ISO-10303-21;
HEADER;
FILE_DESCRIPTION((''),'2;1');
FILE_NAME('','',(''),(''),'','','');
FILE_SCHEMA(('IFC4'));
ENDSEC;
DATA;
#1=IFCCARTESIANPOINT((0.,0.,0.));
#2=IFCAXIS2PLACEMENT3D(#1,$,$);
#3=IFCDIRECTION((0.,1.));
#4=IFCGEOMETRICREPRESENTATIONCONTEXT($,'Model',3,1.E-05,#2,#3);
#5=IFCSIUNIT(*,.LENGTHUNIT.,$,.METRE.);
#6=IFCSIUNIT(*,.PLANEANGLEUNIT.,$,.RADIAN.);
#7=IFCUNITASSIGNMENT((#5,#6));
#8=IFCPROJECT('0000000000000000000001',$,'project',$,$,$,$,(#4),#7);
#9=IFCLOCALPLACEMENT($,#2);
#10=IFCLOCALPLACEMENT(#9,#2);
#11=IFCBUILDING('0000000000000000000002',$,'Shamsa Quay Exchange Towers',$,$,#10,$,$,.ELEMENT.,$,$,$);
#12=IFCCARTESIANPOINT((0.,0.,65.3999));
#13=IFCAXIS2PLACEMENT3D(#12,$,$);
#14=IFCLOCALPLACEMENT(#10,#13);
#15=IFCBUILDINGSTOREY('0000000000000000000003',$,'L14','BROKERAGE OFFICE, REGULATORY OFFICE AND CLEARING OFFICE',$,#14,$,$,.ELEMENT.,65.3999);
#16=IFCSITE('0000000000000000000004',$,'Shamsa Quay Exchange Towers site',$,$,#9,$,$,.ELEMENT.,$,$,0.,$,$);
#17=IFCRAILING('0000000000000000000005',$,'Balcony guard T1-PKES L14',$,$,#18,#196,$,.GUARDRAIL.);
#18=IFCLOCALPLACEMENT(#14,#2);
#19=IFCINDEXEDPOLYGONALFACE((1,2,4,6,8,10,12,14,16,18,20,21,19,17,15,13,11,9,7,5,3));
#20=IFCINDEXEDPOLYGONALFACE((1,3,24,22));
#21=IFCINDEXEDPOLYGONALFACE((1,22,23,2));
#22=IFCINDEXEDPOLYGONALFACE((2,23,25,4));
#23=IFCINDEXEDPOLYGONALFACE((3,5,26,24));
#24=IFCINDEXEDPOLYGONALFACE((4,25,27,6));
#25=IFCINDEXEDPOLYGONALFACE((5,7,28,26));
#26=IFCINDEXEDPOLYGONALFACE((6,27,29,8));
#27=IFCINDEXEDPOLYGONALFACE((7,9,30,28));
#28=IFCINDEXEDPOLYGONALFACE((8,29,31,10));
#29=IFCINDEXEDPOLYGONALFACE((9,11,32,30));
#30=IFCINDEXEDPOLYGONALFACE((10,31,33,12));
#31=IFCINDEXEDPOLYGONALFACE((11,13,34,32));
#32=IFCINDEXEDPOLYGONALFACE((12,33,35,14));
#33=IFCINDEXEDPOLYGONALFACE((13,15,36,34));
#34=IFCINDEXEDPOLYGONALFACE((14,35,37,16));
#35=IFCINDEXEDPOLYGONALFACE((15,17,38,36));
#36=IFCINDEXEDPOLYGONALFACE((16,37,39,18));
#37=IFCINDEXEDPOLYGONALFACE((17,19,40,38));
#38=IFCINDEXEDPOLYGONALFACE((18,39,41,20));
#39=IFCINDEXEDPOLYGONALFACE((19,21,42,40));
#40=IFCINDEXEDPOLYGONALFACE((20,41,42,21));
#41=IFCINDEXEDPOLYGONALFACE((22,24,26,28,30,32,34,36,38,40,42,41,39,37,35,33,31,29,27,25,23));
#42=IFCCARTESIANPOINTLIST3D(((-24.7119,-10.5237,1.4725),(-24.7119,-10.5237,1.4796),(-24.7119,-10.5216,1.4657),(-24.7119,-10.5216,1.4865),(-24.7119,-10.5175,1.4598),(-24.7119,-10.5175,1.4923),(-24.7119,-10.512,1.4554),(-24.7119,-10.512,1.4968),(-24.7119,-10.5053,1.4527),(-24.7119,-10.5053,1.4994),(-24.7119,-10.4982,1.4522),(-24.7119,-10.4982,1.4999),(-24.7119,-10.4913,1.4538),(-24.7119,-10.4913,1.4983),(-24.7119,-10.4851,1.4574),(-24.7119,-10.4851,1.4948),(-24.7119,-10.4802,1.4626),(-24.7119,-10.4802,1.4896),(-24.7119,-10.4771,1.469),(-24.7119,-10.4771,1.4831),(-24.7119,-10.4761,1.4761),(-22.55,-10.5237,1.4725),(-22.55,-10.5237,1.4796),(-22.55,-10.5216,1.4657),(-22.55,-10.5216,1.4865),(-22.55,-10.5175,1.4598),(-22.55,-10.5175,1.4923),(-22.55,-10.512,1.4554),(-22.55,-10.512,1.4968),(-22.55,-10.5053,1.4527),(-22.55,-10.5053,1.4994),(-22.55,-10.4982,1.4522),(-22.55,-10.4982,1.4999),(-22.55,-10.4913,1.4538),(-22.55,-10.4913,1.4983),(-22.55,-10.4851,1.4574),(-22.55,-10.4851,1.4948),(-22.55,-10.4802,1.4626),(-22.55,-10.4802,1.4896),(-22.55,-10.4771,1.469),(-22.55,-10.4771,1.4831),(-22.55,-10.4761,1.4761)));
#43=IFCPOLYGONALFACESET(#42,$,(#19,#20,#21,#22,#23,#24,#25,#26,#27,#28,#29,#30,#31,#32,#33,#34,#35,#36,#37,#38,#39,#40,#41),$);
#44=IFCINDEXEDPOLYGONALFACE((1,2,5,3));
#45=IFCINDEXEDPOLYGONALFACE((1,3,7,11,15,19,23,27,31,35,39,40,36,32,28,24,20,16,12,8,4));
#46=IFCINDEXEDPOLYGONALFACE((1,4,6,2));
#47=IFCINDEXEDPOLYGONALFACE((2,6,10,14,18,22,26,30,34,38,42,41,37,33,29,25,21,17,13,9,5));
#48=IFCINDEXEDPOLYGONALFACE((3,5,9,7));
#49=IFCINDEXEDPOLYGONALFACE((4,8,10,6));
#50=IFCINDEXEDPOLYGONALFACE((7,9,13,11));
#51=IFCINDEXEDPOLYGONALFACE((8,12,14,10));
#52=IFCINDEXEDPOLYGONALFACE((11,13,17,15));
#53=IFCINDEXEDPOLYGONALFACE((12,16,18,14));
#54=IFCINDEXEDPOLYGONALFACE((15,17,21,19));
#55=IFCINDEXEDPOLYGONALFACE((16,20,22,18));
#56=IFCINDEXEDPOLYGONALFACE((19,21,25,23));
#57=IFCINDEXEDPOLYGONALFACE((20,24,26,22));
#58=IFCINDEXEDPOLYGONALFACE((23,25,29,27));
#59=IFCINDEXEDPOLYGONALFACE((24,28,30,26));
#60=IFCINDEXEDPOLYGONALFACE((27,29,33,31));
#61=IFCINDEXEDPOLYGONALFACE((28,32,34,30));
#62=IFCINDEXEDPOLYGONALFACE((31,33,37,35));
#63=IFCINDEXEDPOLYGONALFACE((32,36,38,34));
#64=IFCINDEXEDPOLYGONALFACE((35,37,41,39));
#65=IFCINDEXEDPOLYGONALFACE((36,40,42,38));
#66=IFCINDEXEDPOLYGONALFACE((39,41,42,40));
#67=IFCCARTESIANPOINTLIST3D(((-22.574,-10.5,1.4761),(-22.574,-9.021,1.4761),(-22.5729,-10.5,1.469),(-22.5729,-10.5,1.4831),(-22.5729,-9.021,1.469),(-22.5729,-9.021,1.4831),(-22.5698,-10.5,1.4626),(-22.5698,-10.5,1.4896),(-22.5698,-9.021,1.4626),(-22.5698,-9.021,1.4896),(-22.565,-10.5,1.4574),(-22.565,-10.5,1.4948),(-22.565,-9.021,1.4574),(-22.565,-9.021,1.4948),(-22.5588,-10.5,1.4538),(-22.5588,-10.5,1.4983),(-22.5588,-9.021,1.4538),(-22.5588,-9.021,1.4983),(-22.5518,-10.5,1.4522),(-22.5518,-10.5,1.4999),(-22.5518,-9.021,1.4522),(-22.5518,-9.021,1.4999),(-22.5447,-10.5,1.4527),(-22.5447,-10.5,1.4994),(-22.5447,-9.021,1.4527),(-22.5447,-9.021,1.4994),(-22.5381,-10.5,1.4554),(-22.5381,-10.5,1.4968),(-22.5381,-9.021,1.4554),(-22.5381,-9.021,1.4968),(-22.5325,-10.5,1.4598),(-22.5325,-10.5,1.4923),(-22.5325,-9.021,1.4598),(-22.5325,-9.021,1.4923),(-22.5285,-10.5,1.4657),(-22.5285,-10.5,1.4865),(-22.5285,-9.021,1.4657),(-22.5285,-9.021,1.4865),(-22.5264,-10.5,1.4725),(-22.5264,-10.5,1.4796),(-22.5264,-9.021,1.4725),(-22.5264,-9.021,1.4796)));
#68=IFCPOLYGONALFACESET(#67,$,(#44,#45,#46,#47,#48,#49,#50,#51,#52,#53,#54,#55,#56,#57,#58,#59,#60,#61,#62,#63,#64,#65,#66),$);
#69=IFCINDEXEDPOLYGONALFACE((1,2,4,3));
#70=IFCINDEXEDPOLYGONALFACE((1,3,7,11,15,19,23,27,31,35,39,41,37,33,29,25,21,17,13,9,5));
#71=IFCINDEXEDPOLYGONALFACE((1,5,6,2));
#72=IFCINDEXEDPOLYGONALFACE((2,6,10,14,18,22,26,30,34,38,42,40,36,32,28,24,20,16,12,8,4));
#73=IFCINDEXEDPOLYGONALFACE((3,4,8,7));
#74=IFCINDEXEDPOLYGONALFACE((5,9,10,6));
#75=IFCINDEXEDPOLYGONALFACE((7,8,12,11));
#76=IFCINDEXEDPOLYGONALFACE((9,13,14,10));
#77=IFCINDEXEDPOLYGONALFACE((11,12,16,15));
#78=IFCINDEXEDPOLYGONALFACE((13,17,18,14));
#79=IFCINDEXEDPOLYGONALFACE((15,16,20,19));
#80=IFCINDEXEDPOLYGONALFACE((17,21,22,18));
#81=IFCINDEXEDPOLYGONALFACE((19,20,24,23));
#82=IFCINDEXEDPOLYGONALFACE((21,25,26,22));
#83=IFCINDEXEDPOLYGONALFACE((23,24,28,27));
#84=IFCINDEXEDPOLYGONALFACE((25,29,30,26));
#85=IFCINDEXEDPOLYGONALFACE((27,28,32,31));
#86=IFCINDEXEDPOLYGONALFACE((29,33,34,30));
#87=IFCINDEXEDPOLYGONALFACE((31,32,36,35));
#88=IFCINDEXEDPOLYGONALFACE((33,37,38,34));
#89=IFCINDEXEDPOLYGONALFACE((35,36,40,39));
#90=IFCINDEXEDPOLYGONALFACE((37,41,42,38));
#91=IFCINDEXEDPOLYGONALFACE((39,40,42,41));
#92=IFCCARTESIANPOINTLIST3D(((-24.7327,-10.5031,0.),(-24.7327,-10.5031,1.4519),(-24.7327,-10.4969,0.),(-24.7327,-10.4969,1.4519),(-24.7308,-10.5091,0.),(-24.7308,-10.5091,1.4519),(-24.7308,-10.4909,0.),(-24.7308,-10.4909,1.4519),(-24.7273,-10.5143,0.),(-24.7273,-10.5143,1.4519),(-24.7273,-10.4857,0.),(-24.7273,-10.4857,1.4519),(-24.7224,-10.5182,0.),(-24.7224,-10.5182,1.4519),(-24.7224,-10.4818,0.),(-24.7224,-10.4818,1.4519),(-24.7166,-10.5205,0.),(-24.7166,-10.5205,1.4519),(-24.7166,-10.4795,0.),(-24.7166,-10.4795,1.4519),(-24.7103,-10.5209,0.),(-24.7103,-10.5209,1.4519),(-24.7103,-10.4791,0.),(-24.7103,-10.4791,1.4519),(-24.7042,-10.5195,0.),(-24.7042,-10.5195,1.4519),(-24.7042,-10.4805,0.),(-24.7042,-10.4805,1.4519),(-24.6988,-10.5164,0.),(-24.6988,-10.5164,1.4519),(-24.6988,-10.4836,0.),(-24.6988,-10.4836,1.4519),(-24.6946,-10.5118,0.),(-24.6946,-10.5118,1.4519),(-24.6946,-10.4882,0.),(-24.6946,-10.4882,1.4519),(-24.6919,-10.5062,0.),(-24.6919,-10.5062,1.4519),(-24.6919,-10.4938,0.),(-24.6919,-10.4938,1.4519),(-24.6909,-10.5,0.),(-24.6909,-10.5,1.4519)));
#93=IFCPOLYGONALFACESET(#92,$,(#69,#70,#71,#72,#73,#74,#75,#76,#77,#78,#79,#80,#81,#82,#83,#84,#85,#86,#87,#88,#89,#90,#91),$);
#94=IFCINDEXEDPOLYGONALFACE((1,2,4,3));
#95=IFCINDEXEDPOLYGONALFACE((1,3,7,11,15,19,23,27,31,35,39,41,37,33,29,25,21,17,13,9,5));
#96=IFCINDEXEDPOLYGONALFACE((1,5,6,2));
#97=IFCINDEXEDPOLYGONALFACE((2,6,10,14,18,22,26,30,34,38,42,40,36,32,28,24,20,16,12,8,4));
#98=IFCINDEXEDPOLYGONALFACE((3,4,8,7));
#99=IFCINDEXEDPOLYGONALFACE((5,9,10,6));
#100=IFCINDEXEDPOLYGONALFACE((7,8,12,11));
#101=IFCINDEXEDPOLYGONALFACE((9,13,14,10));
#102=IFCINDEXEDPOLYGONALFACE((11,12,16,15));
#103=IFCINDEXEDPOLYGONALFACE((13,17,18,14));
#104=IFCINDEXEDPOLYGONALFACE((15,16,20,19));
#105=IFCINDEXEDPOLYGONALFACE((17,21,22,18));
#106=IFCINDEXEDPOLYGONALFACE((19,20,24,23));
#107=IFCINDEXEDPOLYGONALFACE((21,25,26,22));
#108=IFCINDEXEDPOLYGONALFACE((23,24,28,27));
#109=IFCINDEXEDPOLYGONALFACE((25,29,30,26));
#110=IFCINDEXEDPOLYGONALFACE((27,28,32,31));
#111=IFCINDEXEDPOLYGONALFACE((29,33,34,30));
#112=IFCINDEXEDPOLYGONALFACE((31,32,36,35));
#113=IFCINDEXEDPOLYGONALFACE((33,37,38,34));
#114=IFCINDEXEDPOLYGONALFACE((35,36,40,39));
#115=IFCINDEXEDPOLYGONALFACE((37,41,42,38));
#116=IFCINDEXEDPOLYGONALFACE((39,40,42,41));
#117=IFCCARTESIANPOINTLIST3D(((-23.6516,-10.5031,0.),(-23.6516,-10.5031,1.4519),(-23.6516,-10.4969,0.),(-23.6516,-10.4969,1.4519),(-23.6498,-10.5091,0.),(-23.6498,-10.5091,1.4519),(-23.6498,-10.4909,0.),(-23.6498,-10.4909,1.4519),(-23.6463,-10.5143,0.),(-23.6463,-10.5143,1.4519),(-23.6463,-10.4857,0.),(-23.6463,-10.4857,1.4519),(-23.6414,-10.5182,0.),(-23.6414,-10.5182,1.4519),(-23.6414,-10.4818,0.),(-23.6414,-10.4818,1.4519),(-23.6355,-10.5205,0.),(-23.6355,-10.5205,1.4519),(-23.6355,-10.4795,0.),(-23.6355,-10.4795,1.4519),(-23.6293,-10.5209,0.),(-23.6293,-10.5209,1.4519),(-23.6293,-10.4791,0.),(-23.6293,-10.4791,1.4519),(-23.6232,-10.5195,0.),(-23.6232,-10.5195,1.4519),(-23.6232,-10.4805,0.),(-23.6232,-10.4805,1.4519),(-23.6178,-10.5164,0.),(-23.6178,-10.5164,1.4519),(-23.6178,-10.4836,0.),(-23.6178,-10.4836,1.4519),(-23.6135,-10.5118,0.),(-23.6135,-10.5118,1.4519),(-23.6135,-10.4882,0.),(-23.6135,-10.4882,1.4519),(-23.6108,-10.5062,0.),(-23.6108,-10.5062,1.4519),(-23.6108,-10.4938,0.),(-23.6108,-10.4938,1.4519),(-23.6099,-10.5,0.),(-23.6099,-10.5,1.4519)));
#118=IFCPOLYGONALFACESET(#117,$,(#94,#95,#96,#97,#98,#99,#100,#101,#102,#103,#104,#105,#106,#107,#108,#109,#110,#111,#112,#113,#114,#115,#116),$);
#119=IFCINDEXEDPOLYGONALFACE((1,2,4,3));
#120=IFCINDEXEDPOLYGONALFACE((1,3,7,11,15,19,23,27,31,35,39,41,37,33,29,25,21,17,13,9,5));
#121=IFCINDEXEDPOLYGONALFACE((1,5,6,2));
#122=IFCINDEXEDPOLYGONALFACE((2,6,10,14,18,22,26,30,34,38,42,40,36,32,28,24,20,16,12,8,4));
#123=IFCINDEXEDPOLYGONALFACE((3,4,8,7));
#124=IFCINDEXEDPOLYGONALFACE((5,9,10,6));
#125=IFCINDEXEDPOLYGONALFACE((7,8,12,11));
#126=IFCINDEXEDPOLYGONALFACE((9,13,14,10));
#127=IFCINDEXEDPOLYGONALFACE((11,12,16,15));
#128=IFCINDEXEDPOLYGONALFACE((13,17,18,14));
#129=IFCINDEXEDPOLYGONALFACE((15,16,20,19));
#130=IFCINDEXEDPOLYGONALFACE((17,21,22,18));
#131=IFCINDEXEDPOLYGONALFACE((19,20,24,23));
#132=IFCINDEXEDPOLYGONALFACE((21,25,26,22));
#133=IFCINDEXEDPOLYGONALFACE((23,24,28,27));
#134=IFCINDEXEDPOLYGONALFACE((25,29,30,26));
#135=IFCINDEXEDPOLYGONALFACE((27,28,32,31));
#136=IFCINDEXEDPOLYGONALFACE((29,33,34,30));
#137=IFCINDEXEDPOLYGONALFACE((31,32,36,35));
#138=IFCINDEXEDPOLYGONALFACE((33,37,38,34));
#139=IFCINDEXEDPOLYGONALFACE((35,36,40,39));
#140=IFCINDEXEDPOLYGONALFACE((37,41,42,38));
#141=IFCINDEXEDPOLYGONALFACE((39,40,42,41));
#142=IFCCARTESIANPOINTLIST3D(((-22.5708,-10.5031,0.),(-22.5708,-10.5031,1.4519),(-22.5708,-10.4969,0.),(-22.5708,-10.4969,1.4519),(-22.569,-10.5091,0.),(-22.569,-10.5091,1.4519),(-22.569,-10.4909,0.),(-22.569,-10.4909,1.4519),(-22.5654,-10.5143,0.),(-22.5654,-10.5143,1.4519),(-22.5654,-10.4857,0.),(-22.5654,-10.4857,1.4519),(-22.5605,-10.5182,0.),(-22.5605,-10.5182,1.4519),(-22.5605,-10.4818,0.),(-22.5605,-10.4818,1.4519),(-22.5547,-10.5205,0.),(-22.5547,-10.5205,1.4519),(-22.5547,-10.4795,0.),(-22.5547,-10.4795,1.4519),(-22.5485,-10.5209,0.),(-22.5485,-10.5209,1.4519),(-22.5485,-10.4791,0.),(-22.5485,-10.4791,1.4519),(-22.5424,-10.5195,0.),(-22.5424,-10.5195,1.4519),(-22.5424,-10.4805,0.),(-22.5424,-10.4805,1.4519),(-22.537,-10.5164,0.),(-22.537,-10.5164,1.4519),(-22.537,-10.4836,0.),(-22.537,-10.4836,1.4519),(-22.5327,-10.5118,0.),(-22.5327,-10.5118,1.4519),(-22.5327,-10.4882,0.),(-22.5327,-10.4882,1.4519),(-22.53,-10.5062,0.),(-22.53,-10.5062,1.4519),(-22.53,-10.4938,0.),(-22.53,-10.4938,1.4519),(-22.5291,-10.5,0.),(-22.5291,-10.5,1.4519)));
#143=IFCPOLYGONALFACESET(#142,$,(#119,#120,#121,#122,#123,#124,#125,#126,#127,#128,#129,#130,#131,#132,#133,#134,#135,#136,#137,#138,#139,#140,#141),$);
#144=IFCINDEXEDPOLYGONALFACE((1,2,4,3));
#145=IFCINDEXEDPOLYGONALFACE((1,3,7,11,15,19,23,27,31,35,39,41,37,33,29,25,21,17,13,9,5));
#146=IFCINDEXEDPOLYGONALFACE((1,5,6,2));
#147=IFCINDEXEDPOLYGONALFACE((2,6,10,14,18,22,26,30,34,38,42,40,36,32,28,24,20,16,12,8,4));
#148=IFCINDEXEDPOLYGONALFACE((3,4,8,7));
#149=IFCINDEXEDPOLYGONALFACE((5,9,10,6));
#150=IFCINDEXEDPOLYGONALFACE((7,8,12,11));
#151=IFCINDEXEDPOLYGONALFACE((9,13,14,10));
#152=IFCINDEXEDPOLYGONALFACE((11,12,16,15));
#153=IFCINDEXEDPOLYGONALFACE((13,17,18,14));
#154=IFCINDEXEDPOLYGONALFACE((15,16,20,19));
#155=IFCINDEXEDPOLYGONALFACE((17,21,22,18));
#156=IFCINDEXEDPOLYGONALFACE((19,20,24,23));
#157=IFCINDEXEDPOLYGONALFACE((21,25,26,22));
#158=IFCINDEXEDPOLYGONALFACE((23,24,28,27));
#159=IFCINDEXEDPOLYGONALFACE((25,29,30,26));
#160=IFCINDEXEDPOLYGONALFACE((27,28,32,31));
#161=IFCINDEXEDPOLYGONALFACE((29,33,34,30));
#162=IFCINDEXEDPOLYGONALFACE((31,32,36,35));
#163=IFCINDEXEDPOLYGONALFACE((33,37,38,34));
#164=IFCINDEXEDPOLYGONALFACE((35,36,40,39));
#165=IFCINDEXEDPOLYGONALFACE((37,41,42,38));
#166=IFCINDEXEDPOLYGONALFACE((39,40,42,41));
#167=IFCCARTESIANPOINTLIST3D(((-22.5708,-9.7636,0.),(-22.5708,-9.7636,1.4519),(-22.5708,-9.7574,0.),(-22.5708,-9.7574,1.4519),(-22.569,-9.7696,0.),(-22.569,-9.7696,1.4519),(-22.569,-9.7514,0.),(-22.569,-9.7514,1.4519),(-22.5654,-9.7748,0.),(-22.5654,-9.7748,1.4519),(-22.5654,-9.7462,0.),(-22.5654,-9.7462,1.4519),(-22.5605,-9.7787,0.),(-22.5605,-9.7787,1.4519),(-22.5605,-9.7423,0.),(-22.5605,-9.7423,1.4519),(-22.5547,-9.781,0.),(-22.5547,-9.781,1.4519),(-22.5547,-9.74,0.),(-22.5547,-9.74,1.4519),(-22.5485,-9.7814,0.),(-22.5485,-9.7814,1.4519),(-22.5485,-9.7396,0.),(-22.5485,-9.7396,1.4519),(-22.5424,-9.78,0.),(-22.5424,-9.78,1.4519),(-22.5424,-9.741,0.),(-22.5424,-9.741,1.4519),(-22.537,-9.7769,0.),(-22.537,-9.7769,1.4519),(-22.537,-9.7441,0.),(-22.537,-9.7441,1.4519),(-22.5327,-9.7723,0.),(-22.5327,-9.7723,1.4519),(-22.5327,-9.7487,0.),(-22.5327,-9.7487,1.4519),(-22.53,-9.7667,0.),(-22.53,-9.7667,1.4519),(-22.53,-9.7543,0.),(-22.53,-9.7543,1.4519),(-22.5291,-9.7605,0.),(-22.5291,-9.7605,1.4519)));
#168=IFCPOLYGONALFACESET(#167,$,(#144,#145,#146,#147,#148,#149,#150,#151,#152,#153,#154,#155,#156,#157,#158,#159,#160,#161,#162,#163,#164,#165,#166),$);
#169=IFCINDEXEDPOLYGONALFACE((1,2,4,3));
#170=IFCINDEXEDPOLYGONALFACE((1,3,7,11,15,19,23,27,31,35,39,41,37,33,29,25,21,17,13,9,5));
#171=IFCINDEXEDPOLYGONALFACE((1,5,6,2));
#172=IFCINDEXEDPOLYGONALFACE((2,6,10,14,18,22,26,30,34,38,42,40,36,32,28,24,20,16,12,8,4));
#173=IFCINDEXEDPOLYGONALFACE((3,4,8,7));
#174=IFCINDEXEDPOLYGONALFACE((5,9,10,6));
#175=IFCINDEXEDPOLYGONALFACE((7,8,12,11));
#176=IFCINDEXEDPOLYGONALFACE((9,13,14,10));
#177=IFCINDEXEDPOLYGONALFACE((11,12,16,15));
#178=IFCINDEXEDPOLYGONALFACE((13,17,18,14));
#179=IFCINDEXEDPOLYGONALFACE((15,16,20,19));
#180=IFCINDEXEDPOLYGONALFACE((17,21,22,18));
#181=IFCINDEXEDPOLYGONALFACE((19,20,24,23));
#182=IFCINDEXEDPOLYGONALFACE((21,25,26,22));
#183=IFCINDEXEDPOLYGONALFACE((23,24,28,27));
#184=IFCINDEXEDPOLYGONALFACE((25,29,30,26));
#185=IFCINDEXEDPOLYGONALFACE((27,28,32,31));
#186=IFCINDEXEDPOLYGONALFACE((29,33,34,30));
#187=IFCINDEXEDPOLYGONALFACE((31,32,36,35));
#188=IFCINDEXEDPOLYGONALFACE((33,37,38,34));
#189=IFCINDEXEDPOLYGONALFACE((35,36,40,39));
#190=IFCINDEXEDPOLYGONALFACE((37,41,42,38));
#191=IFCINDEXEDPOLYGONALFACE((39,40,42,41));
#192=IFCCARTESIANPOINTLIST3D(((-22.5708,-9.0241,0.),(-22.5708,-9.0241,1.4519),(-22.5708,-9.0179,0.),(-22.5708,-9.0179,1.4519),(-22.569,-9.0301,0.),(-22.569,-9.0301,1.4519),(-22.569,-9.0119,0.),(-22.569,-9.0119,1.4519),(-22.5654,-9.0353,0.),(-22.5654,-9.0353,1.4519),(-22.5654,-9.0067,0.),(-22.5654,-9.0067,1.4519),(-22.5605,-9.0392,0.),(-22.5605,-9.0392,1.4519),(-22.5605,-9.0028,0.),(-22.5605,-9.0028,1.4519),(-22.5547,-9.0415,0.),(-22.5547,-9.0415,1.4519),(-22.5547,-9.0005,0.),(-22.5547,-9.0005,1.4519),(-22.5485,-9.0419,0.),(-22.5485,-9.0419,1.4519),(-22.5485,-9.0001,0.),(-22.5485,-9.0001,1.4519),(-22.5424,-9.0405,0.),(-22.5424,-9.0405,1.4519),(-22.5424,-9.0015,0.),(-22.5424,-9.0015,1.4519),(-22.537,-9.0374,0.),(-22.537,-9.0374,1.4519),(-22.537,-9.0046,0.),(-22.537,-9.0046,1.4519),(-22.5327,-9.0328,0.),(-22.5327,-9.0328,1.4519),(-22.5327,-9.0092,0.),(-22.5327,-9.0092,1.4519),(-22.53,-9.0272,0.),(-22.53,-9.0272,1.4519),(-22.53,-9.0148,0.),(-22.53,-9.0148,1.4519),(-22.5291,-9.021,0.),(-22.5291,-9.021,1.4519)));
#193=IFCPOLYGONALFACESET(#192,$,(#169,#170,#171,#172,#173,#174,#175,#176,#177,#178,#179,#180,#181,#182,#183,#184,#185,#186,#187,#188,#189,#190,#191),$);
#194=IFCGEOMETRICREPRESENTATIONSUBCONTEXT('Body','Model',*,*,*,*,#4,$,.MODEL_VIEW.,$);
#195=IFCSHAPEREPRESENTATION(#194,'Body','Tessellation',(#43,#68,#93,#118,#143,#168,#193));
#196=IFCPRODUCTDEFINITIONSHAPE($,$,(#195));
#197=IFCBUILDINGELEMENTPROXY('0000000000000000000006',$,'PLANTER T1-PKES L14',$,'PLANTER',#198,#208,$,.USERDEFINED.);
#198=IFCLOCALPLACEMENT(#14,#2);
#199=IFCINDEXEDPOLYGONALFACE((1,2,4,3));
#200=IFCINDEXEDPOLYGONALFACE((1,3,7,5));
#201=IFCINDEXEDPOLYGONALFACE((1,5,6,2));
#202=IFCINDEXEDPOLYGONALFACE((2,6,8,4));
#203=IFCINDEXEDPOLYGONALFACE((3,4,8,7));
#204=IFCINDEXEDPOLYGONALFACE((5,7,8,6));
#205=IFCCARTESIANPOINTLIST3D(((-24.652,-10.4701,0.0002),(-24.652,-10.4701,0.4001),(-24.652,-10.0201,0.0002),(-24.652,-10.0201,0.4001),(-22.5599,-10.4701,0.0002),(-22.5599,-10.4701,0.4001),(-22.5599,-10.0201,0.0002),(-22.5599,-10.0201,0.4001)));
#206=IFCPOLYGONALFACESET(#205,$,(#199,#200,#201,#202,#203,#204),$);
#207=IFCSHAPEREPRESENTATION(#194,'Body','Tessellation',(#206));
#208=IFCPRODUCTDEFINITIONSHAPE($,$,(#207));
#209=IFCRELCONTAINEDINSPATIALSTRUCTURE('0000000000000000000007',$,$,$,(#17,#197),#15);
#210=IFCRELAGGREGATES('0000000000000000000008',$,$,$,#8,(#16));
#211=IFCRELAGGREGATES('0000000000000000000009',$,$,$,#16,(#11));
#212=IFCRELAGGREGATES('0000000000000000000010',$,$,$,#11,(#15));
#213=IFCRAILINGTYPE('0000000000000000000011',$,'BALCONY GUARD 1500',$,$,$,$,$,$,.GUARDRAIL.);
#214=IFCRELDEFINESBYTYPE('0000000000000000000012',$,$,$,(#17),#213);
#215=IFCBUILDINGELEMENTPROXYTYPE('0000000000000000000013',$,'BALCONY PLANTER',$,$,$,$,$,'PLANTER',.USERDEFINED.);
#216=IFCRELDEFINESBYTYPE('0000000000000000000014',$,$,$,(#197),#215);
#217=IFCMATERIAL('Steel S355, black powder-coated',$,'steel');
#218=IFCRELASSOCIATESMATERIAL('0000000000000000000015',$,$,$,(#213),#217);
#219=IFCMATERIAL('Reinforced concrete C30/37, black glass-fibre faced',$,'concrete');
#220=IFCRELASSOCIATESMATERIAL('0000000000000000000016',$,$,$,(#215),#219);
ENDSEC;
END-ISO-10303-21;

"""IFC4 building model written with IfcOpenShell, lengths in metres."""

from ifc_helpers import new_model, si_unit, direction, frame, origin, origin_2d, place, context, subcontext, project, spatial, rectangle, circle, extrude, material, type_object, element, save


model = new_model("IFC4")

# Units and contexts
model_context = context("Model", 3, precision=1e-05, world=origin(), true_north=direction((0.0, 1.0)))
body_context = subcontext(model_context, "Body", "Model", "MODEL_VIEW")
ifc_project = project(units=[si_unit("LENGTHUNIT", "METRE"), si_unit("PLANEANGLEUNIT", "RADIAN")], contexts=[model_context])

# Site, building, storey
site_placement = place(None, origin())
site = spatial("IfcSite", under=ifc_project, at=site_placement, Name="Shamsa Quay Exchange Towers site", CompositionType="ELEMENT", RefElevation=0.0)
building_placement = place(site_placement, origin())
building = spatial("IfcBuilding", under=site, at=building_placement, Name="Shamsa Quay Exchange Towers", CompositionType="ELEMENT")
storey_placement = place(building_placement, frame((0.0, 0.0, 65.3999)))
storey = spatial("IfcBuildingStorey", under=building, at=storey_placement, Name="L14", Description="BROKERAGE OFFICE, REGULATORY OFFICE AND CLEARING OFFICE", CompositionType="ELEMENT", Elevation=65.3999)

# Railing
ifc_material_1 = material(Name="Steel S355, black powder-coated", Category="steel")
railing_type = type_object("IfcRailingType", Name="BALCONY GUARD 1500", PredefinedType="GUARDRAIL", material=ifc_material_1)
railing_placement = place(storey_placement, frame((-24.7119, -10.5, 0.0)))
element("IfcRailing", 1, at=railing_placement, inside=storey, type_object=railing_type, Name="Balcony guard T1-PKES L14", PredefinedType="GUARDRAIL", context=body_context, shape_type="SweptSolid", body=[
    extrude(circle(Radius=0.0239, at=origin_2d()), frame((0.0, 0.0, 1.4761), z_axis=(1.0, 0.0, 0.0), x_axis=(0.0, 1.0, 0.0)), (0.0, 0.0, 1.0), 2.1619),
    extrude(circle(Radius=0.0239, at=origin_2d()), frame((2.1619, 0.0, 1.4761), z_axis=(0.0, 1.0, 0.0), x_axis=(-1.0, 0.0, 0.0)), (0.0, 0.0, 1.0), 1.479),
    extrude(circle(Radius=0.021, at=origin_2d()), origin(), (0.0, 0.0, 1.0), 1.4519),
    extrude(circle(Radius=0.021, at=origin_2d()), frame((1.0811, 0.0, 0.0)), (0.0, 0.0, 1.0), 1.4519),
    extrude(circle(Radius=0.021, at=origin_2d()), frame((2.1619, 0.0, 0.0)), (0.0, 0.0, 1.0), 1.4519),
    extrude(circle(Radius=0.021, at=origin_2d()), frame((2.1619, 0.7395, 0.0)), (0.0, 0.0, 1.0), 1.4519),
    extrude(circle(Radius=0.021, at=origin_2d()), frame((2.1619, 1.479, 0.0)), (0.0, 0.0, 1.0), 1.4519),
])

# Building element proxy
ifc_material_2 = material(Name="Reinforced concrete C30/37, black glass-fibre faced", Category="concrete")
building_element_proxy_type = type_object("IfcBuildingElementProxyType", Name="BALCONY PLANTER", ElementType="PLANTER", PredefinedType="USERDEFINED", material=ifc_material_2)
proxy_placement = place(storey_placement, frame((-23.606, -10.2451, 0.0002)))
element("IfcBuildingElementProxy", 2, at=proxy_placement, inside=storey, type_object=building_element_proxy_type, Name="PLANTER T1-PKES L14", ObjectType="PLANTER", PredefinedType="USERDEFINED", context=body_context, shape_type="SweptSolid", body=[
    extrude(rectangle(XDim=2.092, YDim=0.45, at=origin_2d()), origin(), (0.0, 0.0, 1.0), 0.3999),
])

save(model, "model.ifc")
